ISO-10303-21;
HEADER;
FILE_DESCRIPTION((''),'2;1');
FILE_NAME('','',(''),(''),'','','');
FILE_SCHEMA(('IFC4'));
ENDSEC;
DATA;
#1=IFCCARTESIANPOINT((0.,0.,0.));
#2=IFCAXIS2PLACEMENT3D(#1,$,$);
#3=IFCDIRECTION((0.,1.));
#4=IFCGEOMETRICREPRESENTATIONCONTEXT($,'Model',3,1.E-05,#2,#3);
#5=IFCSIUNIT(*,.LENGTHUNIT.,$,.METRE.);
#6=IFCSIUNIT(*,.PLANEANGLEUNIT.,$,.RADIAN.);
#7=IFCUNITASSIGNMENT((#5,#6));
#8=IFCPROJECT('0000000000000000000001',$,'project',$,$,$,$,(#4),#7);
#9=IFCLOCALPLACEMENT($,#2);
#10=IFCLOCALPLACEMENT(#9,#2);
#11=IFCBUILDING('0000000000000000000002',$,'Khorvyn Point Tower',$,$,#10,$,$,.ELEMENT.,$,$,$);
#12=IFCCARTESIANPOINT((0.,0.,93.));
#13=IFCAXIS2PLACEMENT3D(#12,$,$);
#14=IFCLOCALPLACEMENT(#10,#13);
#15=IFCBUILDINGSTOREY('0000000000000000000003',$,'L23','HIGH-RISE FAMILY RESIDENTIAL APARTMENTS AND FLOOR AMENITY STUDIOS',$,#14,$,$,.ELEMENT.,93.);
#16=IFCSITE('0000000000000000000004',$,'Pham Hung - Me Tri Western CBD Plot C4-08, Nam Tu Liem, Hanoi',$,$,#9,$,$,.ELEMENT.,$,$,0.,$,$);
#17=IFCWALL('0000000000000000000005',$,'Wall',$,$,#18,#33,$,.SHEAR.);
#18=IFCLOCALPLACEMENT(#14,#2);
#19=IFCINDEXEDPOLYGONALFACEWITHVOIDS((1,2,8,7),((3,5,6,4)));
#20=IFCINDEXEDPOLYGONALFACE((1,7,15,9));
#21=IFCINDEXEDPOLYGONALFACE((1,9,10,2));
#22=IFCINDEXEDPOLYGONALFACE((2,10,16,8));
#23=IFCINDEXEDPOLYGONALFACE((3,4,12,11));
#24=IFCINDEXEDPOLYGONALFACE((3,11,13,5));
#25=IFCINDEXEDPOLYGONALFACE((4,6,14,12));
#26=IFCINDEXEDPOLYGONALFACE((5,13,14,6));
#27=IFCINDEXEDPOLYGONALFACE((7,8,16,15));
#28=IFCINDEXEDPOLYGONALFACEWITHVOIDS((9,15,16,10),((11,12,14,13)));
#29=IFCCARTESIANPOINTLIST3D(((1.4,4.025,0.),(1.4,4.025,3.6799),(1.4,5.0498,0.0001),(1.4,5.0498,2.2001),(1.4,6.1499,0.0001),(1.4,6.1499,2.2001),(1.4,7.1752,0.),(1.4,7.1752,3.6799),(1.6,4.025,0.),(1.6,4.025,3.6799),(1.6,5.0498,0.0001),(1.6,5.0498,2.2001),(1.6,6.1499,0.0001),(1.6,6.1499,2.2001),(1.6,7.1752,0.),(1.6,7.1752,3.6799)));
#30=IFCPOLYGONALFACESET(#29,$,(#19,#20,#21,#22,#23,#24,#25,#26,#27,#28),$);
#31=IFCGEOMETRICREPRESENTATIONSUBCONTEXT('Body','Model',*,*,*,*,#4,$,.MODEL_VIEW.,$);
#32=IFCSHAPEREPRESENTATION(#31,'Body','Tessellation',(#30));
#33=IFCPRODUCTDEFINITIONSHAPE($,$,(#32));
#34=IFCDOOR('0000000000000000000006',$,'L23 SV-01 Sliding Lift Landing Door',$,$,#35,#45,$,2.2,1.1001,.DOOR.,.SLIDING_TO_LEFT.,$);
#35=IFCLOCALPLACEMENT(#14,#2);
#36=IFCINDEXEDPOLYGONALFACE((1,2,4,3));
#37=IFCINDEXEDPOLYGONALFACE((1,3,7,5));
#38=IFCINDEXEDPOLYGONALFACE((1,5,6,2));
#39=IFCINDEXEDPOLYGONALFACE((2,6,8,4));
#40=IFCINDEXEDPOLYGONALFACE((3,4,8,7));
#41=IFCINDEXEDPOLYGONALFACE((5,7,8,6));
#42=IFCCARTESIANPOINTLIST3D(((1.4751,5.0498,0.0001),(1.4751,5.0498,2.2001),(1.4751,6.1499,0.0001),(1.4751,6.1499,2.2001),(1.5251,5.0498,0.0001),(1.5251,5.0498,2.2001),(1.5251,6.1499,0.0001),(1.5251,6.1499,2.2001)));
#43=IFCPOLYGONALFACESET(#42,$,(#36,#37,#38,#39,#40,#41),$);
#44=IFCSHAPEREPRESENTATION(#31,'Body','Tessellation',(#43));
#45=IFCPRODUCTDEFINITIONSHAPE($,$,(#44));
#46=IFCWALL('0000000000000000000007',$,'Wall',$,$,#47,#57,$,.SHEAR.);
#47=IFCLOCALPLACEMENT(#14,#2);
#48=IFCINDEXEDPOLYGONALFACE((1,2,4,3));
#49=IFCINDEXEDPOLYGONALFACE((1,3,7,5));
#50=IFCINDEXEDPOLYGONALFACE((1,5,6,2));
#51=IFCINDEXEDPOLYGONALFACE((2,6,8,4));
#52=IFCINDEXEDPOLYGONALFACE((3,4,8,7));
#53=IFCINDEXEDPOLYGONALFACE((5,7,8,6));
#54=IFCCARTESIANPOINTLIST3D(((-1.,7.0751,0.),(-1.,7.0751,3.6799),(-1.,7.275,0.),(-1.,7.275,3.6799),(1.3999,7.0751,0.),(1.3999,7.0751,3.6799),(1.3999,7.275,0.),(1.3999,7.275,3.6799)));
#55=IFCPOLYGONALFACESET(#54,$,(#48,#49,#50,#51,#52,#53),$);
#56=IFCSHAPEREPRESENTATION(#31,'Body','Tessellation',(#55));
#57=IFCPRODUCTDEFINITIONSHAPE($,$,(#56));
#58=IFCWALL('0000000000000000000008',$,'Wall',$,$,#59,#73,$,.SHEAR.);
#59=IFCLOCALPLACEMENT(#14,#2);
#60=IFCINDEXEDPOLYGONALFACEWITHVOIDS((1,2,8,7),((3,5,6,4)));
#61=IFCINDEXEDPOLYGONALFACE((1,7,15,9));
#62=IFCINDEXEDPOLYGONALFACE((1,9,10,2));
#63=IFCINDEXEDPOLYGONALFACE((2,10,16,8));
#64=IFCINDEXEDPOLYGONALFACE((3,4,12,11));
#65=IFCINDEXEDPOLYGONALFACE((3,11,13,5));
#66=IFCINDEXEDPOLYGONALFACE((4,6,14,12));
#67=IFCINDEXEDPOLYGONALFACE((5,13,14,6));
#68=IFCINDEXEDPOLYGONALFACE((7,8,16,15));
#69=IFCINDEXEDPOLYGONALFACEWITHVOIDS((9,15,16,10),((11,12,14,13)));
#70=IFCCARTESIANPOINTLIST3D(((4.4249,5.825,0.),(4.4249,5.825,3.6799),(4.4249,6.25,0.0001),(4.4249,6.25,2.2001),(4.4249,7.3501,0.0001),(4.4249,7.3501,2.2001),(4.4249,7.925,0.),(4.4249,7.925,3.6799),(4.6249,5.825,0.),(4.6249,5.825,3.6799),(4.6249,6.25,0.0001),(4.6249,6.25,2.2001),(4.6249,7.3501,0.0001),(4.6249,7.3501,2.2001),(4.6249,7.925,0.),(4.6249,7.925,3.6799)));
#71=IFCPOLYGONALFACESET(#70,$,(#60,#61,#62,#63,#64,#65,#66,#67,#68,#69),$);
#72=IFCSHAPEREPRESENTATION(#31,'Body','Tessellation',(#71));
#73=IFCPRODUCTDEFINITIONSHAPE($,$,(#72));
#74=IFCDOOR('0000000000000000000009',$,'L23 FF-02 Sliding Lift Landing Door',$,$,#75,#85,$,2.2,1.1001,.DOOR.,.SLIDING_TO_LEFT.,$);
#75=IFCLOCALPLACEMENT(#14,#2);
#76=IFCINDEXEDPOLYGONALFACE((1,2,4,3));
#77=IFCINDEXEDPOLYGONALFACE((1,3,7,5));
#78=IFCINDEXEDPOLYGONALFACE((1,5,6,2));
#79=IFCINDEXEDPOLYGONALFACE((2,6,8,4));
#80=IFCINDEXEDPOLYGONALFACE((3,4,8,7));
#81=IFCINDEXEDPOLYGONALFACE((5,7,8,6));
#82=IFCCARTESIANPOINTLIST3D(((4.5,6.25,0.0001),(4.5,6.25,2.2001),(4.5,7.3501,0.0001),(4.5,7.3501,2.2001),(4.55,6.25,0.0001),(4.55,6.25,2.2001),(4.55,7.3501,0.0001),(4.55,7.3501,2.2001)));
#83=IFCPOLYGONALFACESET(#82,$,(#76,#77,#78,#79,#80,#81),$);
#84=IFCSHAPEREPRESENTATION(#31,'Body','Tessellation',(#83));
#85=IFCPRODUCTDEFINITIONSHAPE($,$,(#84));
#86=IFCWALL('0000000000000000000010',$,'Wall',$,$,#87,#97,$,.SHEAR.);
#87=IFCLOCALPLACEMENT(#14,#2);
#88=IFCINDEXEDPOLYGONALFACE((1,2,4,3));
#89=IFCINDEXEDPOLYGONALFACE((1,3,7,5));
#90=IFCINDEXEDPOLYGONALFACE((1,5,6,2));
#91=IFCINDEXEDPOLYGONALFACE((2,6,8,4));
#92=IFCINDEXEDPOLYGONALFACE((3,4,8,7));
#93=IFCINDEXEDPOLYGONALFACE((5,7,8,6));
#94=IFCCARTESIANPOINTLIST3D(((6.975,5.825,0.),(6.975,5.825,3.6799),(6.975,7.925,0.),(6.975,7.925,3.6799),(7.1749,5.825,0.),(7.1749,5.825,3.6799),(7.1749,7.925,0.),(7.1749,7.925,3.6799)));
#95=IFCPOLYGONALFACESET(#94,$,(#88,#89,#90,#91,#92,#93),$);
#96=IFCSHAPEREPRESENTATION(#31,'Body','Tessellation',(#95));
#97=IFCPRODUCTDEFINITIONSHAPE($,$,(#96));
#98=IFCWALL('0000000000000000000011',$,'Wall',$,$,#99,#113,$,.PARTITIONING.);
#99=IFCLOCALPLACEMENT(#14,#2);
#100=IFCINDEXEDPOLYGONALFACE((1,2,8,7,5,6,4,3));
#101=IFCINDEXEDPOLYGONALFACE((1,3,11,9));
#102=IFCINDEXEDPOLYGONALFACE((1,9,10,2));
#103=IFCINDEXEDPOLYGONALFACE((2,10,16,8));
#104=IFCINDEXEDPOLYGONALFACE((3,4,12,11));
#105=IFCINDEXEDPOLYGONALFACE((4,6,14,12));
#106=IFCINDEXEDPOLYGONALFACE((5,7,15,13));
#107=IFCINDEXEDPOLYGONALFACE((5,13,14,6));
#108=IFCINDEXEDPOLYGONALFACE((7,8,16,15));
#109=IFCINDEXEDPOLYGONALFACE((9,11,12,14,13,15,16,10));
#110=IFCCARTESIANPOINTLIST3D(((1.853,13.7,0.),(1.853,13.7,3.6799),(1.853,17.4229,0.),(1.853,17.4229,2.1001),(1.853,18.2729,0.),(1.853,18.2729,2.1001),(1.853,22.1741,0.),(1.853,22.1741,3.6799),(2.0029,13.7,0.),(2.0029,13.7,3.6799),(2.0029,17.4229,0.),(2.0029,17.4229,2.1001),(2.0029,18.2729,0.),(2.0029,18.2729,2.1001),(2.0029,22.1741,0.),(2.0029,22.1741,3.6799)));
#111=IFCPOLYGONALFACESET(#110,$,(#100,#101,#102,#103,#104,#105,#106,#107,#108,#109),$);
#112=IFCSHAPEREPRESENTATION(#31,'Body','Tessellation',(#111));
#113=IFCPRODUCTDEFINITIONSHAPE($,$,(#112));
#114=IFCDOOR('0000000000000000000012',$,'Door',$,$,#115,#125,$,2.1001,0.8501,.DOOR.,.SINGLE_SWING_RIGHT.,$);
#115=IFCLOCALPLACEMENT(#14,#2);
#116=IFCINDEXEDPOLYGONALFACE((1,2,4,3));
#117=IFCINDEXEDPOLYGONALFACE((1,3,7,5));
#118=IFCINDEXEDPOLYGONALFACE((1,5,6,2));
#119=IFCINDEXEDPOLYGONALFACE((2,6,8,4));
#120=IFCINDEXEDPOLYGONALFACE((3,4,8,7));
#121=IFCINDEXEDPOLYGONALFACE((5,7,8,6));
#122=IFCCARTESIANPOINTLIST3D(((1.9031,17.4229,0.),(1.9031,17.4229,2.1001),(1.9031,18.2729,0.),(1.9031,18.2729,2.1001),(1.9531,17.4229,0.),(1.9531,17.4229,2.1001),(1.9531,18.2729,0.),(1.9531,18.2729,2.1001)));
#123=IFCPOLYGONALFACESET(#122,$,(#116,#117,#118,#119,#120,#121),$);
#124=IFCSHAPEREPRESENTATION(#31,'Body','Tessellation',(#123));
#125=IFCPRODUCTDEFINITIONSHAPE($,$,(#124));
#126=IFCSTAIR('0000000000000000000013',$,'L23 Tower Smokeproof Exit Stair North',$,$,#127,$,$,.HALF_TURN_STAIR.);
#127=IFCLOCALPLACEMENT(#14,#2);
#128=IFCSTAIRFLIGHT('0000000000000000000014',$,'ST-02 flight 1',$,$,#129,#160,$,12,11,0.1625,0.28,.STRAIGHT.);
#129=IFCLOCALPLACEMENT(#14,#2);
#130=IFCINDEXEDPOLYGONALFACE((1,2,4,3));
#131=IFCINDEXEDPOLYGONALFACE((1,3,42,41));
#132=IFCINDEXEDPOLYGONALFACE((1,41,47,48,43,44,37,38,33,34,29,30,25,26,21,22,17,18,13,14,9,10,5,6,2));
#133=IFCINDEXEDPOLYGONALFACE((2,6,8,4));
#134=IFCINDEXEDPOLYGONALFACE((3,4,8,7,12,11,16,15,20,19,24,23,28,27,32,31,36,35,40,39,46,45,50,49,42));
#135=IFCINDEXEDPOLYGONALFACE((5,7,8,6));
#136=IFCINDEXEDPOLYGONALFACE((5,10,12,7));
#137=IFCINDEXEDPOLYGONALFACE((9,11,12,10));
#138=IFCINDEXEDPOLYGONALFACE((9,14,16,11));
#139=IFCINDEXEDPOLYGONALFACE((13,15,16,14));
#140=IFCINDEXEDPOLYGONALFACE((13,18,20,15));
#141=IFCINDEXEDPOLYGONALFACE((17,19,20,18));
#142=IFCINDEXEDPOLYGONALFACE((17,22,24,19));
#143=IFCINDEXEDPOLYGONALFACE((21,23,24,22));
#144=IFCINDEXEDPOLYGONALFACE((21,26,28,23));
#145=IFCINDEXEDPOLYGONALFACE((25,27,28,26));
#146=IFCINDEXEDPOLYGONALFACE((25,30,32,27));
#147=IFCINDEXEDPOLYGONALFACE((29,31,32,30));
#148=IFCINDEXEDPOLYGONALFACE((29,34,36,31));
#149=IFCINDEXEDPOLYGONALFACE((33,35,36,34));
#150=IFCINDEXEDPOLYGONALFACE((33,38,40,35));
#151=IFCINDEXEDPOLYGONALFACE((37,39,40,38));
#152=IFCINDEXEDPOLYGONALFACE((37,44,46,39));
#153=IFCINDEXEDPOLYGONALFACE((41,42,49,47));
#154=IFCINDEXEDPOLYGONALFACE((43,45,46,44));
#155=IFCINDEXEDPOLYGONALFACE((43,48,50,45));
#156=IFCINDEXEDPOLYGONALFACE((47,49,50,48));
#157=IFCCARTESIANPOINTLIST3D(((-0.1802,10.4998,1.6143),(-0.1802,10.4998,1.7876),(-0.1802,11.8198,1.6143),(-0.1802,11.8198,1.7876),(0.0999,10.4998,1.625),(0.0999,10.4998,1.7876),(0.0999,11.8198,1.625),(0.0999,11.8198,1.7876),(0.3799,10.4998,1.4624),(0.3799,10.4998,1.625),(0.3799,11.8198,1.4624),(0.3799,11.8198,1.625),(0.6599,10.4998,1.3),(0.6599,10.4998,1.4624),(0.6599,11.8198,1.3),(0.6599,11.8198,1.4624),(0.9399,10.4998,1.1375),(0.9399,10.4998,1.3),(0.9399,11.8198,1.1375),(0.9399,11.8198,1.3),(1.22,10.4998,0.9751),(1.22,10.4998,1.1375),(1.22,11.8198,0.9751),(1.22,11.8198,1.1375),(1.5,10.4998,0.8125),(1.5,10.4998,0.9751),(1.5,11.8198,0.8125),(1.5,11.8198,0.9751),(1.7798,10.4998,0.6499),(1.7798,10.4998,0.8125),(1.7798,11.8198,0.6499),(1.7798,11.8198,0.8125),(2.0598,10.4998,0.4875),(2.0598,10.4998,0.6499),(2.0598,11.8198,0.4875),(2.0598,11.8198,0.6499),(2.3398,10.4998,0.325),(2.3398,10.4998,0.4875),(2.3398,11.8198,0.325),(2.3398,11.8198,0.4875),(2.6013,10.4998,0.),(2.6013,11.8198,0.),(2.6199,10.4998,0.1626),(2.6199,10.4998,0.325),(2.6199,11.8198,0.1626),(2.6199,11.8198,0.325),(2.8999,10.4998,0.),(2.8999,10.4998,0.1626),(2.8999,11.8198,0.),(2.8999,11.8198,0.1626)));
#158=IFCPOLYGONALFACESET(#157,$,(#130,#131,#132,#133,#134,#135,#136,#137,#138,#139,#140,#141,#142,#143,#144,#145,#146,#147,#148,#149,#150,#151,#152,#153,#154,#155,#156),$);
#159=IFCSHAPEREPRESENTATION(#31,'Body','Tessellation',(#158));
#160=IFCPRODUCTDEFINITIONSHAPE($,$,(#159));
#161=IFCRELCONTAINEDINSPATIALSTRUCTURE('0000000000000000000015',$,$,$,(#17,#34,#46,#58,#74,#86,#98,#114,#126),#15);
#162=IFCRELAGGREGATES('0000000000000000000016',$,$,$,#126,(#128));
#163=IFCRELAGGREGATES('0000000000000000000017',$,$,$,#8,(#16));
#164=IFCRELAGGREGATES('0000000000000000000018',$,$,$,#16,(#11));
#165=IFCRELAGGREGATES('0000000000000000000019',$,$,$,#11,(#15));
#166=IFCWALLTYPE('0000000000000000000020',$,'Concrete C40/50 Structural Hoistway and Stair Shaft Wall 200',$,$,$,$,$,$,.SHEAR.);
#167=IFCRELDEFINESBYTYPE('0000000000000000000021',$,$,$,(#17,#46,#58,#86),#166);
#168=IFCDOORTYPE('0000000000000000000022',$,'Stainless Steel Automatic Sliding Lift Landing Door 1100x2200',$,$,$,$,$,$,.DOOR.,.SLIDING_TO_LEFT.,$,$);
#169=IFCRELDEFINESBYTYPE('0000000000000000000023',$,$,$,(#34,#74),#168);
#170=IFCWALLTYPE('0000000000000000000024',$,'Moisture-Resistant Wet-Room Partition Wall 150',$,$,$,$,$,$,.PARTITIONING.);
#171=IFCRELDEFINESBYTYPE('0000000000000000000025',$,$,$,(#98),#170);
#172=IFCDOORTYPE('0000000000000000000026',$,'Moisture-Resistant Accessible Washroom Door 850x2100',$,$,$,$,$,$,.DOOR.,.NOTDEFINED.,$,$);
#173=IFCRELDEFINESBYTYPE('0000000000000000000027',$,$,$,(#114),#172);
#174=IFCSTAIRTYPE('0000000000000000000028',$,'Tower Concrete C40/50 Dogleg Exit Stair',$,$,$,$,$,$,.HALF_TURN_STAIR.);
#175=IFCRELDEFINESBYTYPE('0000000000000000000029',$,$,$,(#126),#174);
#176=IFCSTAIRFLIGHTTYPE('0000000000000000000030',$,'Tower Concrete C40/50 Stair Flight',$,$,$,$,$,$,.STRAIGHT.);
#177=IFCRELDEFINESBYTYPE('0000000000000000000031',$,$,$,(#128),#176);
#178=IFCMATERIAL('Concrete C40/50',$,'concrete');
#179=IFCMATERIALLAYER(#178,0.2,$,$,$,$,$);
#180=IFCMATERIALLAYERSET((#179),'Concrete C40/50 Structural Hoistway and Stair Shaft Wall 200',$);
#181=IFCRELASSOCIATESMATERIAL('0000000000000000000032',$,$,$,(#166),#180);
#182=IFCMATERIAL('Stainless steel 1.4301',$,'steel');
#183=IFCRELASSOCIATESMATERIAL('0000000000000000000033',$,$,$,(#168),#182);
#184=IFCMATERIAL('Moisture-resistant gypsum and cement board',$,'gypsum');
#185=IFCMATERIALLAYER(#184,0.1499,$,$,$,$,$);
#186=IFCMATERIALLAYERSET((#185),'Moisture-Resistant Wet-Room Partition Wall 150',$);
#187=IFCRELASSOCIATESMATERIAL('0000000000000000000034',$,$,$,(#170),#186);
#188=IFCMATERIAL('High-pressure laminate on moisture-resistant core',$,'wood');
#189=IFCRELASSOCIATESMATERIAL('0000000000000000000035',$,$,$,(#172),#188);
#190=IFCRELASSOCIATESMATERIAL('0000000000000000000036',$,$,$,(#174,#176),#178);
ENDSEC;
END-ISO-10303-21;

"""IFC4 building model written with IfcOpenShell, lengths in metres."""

from ifc_helpers import new_model, si_unit, direction, frame, frame_2d, origin, place, context, subcontext, project, spatial, polyline, rectangle, outline, extrude, material, layer, layer_set, type_object, element, fill, aggregate, save


model = new_model("IFC4")

# Units and contexts
model_context = context("Model", 3, precision=1e-05, world=origin(), true_north=direction((0.0, 1.0)))
body_context = subcontext(model_context, "Body", "Model", "MODEL_VIEW")
ifc_project = project(units=[si_unit("LENGTHUNIT", "METRE"), si_unit("PLANEANGLEUNIT", "RADIAN")], contexts=[model_context])

# Site, building, storey
site_placement = place(None, origin())
site = spatial("IfcSite", under=ifc_project, at=site_placement, Name="Pham Hung - Me Tri Western CBD Plot C4-08, Nam Tu Liem, Hanoi", CompositionType="ELEMENT", RefElevation=0.0)
building_placement = place(site_placement, origin())
building = spatial("IfcBuilding", under=site, at=building_placement, Name="Khorvyn Point Tower", CompositionType="ELEMENT")
storey_placement = place(building_placement, frame((0.0, 0.0, 93.0)))
storey = spatial("IfcBuildingStorey", under=building, at=storey_placement, Name="L23", Description="HIGH-RISE FAMILY RESIDENTIAL APARTMENTS AND FLOOR AMENITY STUDIOS", CompositionType="ELEMENT", Elevation=93.0)

# Shared definitions
ifc_material_1 = material(Name="Concrete C40/50", Category="concrete")

# Shared definitions
ifc_layer_1 = layer(ifc_material_1, 0.2)
ifc_layer_set_1 = layer_set([ifc_layer_1], Name="Concrete C40/50 Structural Hoistway and Stair Shaft Wall 200")
wall_type_1 = type_object("IfcWallType", Name="Concrete C40/50 Structural Hoistway and Stair Shaft Wall 200", PredefinedType="SHEAR", material=ifc_layer_set_1)

# Wall, opening, door
wall_1_placement = place(storey_placement, frame((1.5, 4.0249, 0.0), z_axis=(0.0, 0.0, 1.0), x_axis=(0.0, 1.0, 0.0)))
wall_1 = element("IfcWall", 1, at=wall_1_placement, inside=storey, type_object=wall_type_1, Name="Wall", PredefinedType="SHEAR", context=body_context, shape_type="SweptSolid", body=[
    extrude(rectangle(XDim=3.1501, YDim=0.2, at=frame_2d((1.5752, 0.0))), origin(), (0.0, 0.0, 1.0), 3.6799),
])
opening_1_placement = place(wall_1_placement, frame((1.0249, 0.0, 0.0)))
opening_1 = element("IfcOpeningElement", 2, at=opening_1_placement, cuts=wall_1, PredefinedType="OPENING", context=body_context, shape_type="SweptSolid", body=[
    extrude(rectangle(XDim=1.1001, YDim=2.2, at=frame_2d((0.55, 1.1001))), frame((0.0, 0.1099, 0.0), z_axis=(0.0, -1.0, 0.0), x_axis=(1.0, 0.0, 0.0)), (0.0, 0.0, 1.0), 0.22),
])
ifc_material_2 = material(Name="Stainless steel 1.4301", Category="steel")
door_type_1 = type_object("IfcDoorType", Name="Stainless Steel Automatic Sliding Lift Landing Door 1100x2200", OperationType="SLIDING_TO_LEFT", PredefinedType="DOOR", material=ifc_material_2)
door_1_placement = place(opening_1_placement, origin())
door_1 = element("IfcDoor", 3, at=door_1_placement, inside=storey, type_object=door_type_1, Name="L23 SV-01 Sliding Lift Landing Door", OperationType="SLIDING_TO_LEFT", OverallHeight=2.2, OverallWidth=1.1001, PredefinedType="DOOR", context=body_context, shape_type="SweptSolid", body=[
    extrude(rectangle(XDim=1.1001, YDim=2.2, at=frame_2d((0.55, 1.1001))), frame((0.0, 0.0249, 0.0), z_axis=(0.0, -1.0, 0.0), x_axis=(1.0, 0.0, 0.0)), (0.0, 0.0, 1.0), 0.05),
])
fill(opening_1, door_1)

# Wall
wall_2_placement = place(storey_placement, frame((-1.0, 7.175, 0.0), z_axis=(0.0, 0.0, 1.0), x_axis=(1.0, 0.0, 0.0)))
element("IfcWall", 4, at=wall_2_placement, inside=storey, type_object=wall_type_1, Name="Wall", PredefinedType="SHEAR", context=body_context, shape_type="SweptSolid", body=[
    extrude(rectangle(XDim=2.3999, YDim=0.2, at=frame_2d((1.2, 0.0))), origin(), (0.0, 0.0, 1.0), 3.6799),
])

# Wall, opening, door
wall_3_placement = place(storey_placement, frame((4.5249, 5.825, 0.0), z_axis=(0.0, 0.0, 1.0), x_axis=(0.0, 1.0, 0.0)))
wall_3 = element("IfcWall", 5, at=wall_3_placement, inside=storey, type_object=wall_type_1, Name="Wall", PredefinedType="SHEAR", context=body_context, shape_type="SweptSolid", body=[
    extrude(rectangle(XDim=2.1001, YDim=0.2, at=frame_2d((1.05, 0.0))), origin(), (0.0, 0.0, 1.0), 3.6799),
])
opening_2_placement = place(wall_3_placement, frame((0.425, 0.0, 0.0)))
opening_2 = element("IfcOpeningElement", 6, at=opening_2_placement, cuts=wall_3, PredefinedType="OPENING", context=body_context, shape_type="SweptSolid", body=[
    extrude(rectangle(XDim=1.1001, YDim=2.2, at=frame_2d((0.55, 1.1001))), frame((0.0, 0.1099, 0.0), z_axis=(0.0, -1.0, 0.0), x_axis=(1.0, 0.0, 0.0)), (0.0, 0.0, 1.0), 0.22),
])
door_2_placement = place(opening_2_placement, origin())
door_2 = element("IfcDoor", 7, at=door_2_placement, inside=storey, type_object=door_type_1, Name="L23 FF-02 Sliding Lift Landing Door", OperationType="SLIDING_TO_LEFT", OverallHeight=2.2, OverallWidth=1.1001, PredefinedType="DOOR", context=body_context, shape_type="SweptSolid", body=[
    extrude(rectangle(XDim=1.1001, YDim=2.2, at=frame_2d((0.55, 1.1001))), frame((0.0, 0.0249, 0.0), z_axis=(0.0, -1.0, 0.0), x_axis=(1.0, 0.0, 0.0)), (0.0, 0.0, 1.0), 0.05),
])
fill(opening_2, door_2)

# Wall
wall_4_placement = place(storey_placement, frame((7.075, 5.825, 0.0), z_axis=(0.0, 0.0, 1.0), x_axis=(0.0, 1.0, 0.0)))
element("IfcWall", 8, at=wall_4_placement, inside=storey, type_object=wall_type_1, Name="Wall", PredefinedType="SHEAR", context=body_context, shape_type="SweptSolid", body=[
    extrude(rectangle(XDim=2.1001, YDim=0.2, at=frame_2d((1.05, 0.0))), origin(), (0.0, 0.0, 1.0), 3.6799),
])

# Wall, opening, door
ifc_material_3 = material(Name="Moisture-resistant gypsum and cement board", Category="gypsum")
ifc_layer_2 = layer(ifc_material_3, 0.1499)
ifc_layer_set_2 = layer_set([ifc_layer_2], Name="Moisture-Resistant Wet-Room Partition Wall 150")
wall_type_2 = type_object("IfcWallType", Name="Moisture-Resistant Wet-Room Partition Wall 150", PredefinedType="PARTITIONING", material=ifc_layer_set_2)
wall_5_placement = place(storey_placement, frame((1.928, 13.7, 0.0), z_axis=(0.0, 0.0, 1.0), x_axis=(0.0, 1.0, 0.0)))
wall_5 = element("IfcWall", 9, at=wall_5_placement, inside=storey, type_object=wall_type_2, Name="Wall", PredefinedType="PARTITIONING", context=body_context, shape_type="SweptSolid", body=[
    extrude(rectangle(XDim=8.4741, YDim=0.1499, at=frame_2d((4.2371, 0.0))), origin(), (0.0, 0.0, 1.0), 3.6799),
])
opening_3_placement = place(wall_5_placement, frame((3.7229, 0.0, 0.0)))
opening_3 = element("IfcOpeningElement", 10, at=opening_3_placement, cuts=wall_5, PredefinedType="OPENING", context=body_context, shape_type="SweptSolid", body=[
    extrude(rectangle(XDim=0.8501, YDim=2.1001, at=frame_2d((0.425, 1.05))), frame((0.0, 0.085, 0.0), z_axis=(0.0, -1.0, 0.0), x_axis=(1.0, 0.0, 0.0)), (0.0, 0.0, 1.0), 0.1699),
])
ifc_material_4 = material(Name="High-pressure laminate on moisture-resistant core", Category="wood")
door_type_2 = type_object("IfcDoorType", Name="Moisture-Resistant Accessible Washroom Door 850x2100", OperationType="NOTDEFINED", PredefinedType="DOOR", material=ifc_material_4)
door_3_placement = place(opening_3_placement, origin())
door_3 = element("IfcDoor", 11, at=door_3_placement, inside=storey, type_object=door_type_2, Name="Door", OperationType="SINGLE_SWING_RIGHT", OverallHeight=2.1001, OverallWidth=0.8501, PredefinedType="DOOR", context=body_context, shape_type="SweptSolid", body=[
    extrude(rectangle(XDim=0.8501, YDim=2.1001, at=frame_2d((0.425, 1.05))), frame((0.0, 0.0249, 0.0), z_axis=(0.0, -1.0, 0.0), x_axis=(1.0, 0.0, 0.0)), (0.0, 0.0, 1.0), 0.05),
])
fill(opening_3, door_3)

# Stair, stair flight
stair_type = type_object("IfcStairType", Name="Tower Concrete C40/50 Dogleg Exit Stair", PredefinedType="HALF_TURN_STAIR", material=ifc_material_1)
stair_placement = place(storey_placement, origin())
stair = element("IfcStair", 12, at=stair_placement, inside=storey, type_object=stair_type, Name="L23 Tower Smokeproof Exit Stair North", PredefinedType="HALF_TURN_STAIR")
stair_flight_type = type_object("IfcStairFlightType", Name="Tower Concrete C40/50 Stair Flight", PredefinedType="STRAIGHT", material=ifc_material_1)
stair_flight_1_placement = place(storey_placement, frame((2.8999, 11.1599, 0.0), z_axis=(0.0, 0.0, 1.0), x_axis=(-1.0, 0.0, 0.0)))
stair_flight_1 = element("IfcStairFlight", 13, at=stair_flight_1_placement, type_object=stair_flight_type, Name="ST-02 flight 1", NumberOfRisers=12, NumberOfTreads=11, PredefinedType="STRAIGHT", RiserHeight=0.1625, TreadLength=0.28, context=body_context, shape_type="SweptSolid", body=[
    extrude(outline(polyline([(0.0, 0.0), (0.0, 0.1626), (0.28, 0.1626), (0.28, 0.325), (0.5601, 0.325), (0.5601, 0.4875), (0.8401, 0.4875), (0.8401, 0.6499), (1.1201, 0.6499), (1.1201, 0.8125), (1.3999, 0.8125), (1.3999, 0.9751), (1.6799, 0.9751), (1.6799, 1.1375), (1.96, 1.1375), (1.96, 1.3), (2.24, 1.3), (2.24, 1.4624), (2.52, 1.4624), (2.52, 1.625), (2.8, 1.625), (2.8, 1.7876), (3.0801, 1.7876), (3.0801, 1.95), (3.0801, 1.6143), (0.2986, 0.0), (0.0, 0.0)])), frame((0.0, 0.6602, 0.0), z_axis=(0.0, -1.0, 0.0), x_axis=(1.0, 0.0, 0.0)), (0.0, 0.0, 1.0), 1.3201),
])
aggregate(stair, [stair_flight_1])

save(model, "model.ifc")
